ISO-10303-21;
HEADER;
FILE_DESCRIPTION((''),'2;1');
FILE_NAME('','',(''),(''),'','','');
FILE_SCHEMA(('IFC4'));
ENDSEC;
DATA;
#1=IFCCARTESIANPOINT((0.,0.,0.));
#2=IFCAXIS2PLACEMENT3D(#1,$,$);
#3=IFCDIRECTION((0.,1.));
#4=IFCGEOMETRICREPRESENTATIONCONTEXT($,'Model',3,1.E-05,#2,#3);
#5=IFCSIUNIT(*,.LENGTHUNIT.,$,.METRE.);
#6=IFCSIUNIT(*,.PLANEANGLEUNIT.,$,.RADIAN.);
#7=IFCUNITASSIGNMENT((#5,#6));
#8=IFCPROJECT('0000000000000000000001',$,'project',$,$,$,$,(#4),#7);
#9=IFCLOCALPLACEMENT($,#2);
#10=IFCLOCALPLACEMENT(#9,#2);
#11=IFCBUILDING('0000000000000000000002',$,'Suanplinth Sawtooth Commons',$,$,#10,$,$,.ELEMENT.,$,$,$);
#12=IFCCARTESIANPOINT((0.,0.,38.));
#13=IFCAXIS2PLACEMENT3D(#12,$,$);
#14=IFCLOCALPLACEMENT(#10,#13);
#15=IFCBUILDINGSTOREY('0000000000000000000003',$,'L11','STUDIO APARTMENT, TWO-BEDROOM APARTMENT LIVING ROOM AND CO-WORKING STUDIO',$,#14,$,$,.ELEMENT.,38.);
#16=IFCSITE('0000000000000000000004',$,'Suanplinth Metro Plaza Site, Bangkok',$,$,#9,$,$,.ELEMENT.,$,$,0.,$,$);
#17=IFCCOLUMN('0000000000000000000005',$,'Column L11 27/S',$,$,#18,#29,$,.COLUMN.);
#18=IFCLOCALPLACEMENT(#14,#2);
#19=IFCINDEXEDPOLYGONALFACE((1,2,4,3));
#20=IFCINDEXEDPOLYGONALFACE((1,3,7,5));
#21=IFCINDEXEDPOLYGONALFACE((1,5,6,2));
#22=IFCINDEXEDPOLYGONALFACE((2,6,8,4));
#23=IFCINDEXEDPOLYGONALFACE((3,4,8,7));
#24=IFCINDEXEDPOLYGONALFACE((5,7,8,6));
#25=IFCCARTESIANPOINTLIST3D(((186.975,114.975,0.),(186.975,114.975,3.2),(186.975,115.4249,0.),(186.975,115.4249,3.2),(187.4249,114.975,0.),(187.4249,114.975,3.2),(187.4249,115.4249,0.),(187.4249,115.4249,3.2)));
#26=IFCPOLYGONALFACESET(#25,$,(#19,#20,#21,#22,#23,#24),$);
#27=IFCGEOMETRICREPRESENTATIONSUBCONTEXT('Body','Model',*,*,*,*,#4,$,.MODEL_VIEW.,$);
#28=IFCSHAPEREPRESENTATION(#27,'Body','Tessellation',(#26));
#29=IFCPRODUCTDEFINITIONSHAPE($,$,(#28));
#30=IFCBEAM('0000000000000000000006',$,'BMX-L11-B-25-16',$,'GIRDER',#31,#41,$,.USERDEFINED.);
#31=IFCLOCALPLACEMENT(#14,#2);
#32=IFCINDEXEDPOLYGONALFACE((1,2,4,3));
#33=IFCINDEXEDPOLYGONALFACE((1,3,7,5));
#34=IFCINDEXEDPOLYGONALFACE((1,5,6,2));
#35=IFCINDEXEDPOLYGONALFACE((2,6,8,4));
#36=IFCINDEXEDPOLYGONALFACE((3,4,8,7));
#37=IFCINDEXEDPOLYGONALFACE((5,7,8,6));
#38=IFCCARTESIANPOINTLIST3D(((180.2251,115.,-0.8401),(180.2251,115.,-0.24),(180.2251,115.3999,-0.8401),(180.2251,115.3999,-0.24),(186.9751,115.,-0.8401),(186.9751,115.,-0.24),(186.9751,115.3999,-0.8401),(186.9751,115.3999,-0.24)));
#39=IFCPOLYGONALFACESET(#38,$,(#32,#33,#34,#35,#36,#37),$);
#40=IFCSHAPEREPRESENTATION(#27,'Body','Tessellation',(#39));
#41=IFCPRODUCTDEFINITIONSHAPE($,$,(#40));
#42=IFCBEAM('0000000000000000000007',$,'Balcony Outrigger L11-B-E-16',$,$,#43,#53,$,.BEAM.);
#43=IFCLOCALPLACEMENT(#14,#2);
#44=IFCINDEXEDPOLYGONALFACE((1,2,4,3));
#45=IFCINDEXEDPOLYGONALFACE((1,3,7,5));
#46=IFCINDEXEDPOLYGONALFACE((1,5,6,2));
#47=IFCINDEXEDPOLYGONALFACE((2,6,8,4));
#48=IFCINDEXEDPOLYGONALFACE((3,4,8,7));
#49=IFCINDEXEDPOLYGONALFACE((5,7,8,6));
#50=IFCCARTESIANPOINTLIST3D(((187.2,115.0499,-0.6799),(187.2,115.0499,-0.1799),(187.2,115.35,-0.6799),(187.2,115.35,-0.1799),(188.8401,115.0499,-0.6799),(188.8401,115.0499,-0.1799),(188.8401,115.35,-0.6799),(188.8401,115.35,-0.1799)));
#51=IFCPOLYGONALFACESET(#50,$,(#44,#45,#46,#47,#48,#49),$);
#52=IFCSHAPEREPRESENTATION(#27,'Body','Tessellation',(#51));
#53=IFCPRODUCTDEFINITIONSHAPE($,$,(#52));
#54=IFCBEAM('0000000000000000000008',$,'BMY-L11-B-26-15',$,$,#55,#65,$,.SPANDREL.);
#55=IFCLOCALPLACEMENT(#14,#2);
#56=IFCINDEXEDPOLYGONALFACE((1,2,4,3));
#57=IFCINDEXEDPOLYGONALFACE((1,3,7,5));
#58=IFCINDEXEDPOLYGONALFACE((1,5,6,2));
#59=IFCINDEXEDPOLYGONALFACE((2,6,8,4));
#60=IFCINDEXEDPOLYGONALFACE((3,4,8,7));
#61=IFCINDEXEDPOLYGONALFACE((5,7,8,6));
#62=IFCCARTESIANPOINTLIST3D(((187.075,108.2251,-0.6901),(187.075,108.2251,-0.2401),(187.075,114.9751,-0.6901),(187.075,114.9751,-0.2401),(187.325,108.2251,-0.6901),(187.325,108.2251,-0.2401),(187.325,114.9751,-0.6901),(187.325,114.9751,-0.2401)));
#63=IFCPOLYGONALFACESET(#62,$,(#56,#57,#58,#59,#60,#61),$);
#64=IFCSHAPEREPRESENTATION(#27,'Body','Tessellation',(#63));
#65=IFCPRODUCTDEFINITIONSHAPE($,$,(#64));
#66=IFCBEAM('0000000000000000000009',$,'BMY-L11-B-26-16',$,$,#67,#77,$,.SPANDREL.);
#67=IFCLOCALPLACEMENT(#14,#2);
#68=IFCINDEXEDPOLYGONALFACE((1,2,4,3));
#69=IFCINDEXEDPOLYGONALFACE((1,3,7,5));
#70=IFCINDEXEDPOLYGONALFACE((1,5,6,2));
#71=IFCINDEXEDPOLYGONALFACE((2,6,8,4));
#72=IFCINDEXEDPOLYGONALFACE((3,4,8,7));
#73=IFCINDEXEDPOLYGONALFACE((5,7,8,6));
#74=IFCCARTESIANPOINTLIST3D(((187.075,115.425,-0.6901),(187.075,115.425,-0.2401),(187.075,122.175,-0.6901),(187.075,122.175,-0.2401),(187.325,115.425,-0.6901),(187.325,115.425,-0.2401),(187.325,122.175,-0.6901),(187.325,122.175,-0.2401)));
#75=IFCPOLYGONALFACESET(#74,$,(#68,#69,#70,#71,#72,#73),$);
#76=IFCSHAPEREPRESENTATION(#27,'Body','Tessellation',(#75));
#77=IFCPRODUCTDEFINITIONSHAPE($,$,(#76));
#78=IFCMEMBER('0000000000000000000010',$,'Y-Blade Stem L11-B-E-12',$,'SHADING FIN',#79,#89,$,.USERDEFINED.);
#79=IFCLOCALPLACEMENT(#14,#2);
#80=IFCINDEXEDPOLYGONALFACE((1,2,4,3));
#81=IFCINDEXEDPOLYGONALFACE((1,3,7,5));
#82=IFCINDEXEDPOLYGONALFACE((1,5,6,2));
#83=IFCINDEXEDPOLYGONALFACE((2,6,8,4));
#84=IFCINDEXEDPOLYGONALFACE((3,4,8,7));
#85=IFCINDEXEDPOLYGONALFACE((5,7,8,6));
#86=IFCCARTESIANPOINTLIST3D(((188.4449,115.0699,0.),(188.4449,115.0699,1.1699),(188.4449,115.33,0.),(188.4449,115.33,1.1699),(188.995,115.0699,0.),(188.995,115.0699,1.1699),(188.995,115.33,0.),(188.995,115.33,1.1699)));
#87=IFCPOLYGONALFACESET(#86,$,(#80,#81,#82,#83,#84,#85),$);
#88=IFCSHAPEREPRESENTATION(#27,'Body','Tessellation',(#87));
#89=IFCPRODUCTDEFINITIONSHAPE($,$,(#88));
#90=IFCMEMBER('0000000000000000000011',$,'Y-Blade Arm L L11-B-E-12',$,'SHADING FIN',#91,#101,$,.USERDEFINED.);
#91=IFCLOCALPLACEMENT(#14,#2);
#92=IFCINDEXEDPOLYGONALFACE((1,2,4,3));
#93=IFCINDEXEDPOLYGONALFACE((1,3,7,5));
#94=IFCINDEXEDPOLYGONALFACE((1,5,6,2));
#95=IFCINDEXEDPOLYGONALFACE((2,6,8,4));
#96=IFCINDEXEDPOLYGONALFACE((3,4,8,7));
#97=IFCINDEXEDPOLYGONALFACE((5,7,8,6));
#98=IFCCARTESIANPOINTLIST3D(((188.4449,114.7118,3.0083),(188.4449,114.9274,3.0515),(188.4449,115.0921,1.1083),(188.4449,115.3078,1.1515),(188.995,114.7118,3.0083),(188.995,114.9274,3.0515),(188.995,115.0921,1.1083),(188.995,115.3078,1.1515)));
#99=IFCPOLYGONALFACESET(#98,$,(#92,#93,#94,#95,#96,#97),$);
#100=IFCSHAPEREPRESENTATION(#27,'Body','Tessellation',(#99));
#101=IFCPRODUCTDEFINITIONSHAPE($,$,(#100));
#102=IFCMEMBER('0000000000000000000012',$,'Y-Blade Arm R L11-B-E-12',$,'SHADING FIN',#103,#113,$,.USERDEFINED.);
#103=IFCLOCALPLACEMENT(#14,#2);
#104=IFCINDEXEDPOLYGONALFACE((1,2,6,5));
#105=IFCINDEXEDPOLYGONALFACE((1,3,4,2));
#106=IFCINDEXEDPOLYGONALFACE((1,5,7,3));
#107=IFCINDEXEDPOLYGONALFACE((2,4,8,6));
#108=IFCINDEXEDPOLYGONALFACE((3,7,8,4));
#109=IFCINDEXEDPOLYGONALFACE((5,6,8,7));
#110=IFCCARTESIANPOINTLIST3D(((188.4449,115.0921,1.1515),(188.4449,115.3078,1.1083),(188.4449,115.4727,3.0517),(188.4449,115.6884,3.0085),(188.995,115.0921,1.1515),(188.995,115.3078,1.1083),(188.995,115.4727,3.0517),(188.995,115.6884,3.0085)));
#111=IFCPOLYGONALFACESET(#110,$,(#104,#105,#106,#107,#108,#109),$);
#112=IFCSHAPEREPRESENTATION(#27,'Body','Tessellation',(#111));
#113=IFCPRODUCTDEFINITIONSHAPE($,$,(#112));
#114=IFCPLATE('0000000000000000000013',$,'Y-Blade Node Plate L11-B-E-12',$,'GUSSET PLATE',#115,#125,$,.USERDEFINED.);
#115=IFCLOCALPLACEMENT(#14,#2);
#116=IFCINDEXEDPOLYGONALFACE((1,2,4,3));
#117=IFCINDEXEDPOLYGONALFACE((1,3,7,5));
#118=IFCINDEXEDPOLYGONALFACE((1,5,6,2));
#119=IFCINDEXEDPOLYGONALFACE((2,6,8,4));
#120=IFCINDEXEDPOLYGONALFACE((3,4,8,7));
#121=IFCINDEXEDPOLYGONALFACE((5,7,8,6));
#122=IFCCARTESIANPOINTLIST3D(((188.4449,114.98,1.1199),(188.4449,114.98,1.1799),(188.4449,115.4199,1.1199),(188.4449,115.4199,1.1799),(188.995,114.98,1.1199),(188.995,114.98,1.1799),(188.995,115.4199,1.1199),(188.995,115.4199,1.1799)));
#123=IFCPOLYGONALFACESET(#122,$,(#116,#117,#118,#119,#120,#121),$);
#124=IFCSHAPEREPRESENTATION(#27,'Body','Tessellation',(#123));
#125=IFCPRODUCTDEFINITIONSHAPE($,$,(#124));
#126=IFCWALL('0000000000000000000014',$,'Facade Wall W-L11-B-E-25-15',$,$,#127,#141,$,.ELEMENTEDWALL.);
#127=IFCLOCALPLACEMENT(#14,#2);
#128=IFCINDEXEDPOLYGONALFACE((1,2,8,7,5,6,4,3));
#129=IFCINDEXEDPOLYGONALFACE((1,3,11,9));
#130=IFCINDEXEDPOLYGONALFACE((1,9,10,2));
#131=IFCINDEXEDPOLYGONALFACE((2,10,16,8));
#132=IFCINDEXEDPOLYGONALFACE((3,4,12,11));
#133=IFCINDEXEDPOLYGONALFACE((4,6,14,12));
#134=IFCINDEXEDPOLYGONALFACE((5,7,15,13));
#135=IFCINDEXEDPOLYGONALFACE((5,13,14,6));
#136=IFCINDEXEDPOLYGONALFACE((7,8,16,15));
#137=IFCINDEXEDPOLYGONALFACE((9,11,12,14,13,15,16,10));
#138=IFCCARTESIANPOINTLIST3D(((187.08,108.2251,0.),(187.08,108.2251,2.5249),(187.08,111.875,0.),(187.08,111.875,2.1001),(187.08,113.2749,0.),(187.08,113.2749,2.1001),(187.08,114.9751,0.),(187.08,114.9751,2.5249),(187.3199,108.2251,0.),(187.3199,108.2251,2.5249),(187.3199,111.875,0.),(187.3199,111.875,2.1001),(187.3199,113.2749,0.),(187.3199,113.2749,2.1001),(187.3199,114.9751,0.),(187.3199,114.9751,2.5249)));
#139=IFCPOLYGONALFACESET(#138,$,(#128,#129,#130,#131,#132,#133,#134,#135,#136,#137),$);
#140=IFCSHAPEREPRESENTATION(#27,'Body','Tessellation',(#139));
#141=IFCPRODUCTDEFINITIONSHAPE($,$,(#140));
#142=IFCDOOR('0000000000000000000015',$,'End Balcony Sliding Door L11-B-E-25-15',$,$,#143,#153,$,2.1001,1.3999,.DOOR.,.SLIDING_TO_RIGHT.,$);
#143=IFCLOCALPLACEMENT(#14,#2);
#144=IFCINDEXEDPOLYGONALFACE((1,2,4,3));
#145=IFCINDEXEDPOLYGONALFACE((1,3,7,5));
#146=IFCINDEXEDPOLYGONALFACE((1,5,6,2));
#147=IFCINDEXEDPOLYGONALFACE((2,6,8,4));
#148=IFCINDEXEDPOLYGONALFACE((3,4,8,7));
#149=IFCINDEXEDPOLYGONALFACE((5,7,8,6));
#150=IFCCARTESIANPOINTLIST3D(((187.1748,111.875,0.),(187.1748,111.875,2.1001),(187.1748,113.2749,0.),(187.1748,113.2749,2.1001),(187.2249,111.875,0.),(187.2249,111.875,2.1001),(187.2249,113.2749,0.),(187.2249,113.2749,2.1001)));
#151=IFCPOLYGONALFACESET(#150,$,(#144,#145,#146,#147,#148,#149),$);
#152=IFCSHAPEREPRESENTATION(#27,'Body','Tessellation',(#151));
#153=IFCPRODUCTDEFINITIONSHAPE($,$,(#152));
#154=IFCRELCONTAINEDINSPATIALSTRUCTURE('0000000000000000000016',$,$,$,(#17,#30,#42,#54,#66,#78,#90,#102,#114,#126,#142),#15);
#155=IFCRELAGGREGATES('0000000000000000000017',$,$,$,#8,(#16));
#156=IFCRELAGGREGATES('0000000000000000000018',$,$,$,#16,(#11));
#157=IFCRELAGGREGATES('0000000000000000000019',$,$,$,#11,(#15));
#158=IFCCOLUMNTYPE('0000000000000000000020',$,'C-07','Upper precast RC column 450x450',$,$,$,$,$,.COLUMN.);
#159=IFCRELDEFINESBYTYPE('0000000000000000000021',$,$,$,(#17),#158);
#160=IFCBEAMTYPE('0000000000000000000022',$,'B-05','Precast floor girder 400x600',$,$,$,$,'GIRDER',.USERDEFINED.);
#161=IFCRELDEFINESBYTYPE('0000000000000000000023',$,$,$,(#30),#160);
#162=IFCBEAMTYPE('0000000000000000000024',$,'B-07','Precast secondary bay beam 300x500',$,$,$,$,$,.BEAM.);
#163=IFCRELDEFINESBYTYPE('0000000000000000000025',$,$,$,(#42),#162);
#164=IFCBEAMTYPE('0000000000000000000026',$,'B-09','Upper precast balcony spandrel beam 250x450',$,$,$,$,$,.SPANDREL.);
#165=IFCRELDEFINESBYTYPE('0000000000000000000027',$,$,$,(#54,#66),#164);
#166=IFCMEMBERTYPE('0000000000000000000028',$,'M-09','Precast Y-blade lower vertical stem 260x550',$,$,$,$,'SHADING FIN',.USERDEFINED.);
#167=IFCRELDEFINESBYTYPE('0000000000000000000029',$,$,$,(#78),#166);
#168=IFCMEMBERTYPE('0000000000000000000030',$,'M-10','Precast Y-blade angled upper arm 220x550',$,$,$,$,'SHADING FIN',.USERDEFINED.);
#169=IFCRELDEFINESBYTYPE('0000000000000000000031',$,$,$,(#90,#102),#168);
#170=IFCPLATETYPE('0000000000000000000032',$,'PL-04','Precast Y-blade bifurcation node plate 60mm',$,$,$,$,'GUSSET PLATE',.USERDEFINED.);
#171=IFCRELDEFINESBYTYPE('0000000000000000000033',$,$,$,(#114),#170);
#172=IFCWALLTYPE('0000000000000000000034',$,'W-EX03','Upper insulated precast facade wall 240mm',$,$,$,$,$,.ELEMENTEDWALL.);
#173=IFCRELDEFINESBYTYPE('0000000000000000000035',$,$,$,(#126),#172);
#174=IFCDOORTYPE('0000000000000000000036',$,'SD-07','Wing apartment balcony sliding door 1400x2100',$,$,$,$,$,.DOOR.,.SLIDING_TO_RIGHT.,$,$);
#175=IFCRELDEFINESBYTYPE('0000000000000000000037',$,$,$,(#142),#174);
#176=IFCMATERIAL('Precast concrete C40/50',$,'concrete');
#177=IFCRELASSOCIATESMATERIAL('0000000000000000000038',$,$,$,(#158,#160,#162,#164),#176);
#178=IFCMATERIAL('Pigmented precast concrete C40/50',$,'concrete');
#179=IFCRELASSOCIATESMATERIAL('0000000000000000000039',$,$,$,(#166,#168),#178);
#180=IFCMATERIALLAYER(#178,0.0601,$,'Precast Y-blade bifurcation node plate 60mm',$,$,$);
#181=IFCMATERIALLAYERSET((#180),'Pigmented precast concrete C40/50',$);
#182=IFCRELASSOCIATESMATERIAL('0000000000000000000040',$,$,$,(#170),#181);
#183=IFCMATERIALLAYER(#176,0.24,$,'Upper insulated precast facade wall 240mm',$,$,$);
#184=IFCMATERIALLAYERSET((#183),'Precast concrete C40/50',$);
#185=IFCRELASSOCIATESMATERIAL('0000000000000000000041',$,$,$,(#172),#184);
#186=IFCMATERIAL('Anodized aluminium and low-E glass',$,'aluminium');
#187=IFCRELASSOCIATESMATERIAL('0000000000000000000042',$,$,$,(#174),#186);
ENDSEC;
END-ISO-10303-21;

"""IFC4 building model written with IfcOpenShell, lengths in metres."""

from ifc_helpers import new_model, si_unit, direction, frame, frame_2d, origin, origin_2d, place, context, subcontext, project, spatial, rectangle, extrude, material, layer, layer_set, material_profile, profile_set, type_object, element, fill, save


model = new_model("IFC4")

# Units and contexts
model_context = context("Model", 3, precision=1e-05, world=origin(), true_north=direction((0.0, 1.0)))
body_context = subcontext(model_context, "Body", "Model", "MODEL_VIEW")
ifc_project = project(units=[si_unit("LENGTHUNIT", "METRE"), si_unit("PLANEANGLEUNIT", "RADIAN")], contexts=[model_context])

# Site, building, storey
site_placement = place(None, origin())
site = spatial("IfcSite", under=ifc_project, at=site_placement, Name="Suanplinth Metro Plaza Site, Bangkok", CompositionType="ELEMENT", RefElevation=0.0)
building_placement = place(site_placement, origin())
building = spatial("IfcBuilding", under=site, at=building_placement, Name="Suanplinth Sawtooth Commons", CompositionType="ELEMENT")
storey_placement = place(building_placement, frame((0.0, 0.0, 38.0)))
storey = spatial("IfcBuildingStorey", under=building, at=storey_placement, Name="L11", Description="STUDIO APARTMENT, TWO-BEDROOM APARTMENT LIVING ROOM AND CO-WORKING STUDIO", CompositionType="ELEMENT", Elevation=38.0)

# Column
ifc_material_1 = material(Name="Precast concrete C40/50", Category="concrete")
ifc_material_profile_1 = material_profile(ifc_material_1, rectangle(XDim=0.45, YDim=0.45, at=origin_2d()), Name="PC-COL 450x450")
ifc_profile_set_1 = profile_set([ifc_material_profile_1], Name="Precast concrete C40/50")
column_type = type_object("IfcColumnType", Name="C-07", Description="Upper precast RC column 450x450", PredefinedType="COLUMN", material=ifc_profile_set_1)
column_placement = place(storey_placement, frame((187.2, 115.2, 0.0), z_axis=(0.0, 0.0, 1.0), x_axis=(1.0, 0.0, 0.0)))
element("IfcColumn", 1, at=column_placement, inside=storey, type_object=column_type, Name="Column L11 27/S", PredefinedType="COLUMN", context=body_context, shape_type="SweptSolid", body=[
    extrude(rectangle(XDim=0.45, YDim=0.45, at=origin_2d()), origin(), (0.0, 0.0, 1.0), 3.2),
])

# Beams
ifc_material_profile_2 = material_profile(ifc_material_1, rectangle(XDim=0.3999, YDim=0.6001, at=origin_2d()), Name="PC-GDR 400x600")
ifc_profile_set_2 = profile_set([ifc_material_profile_2], Name="Precast concrete C40/50")
beam_type_1 = type_object("IfcBeamType", Name="B-05", Description="Precast floor girder 400x600", ElementType="GIRDER", PredefinedType="USERDEFINED", material=ifc_profile_set_2)
beam_1_placement = place(storey_placement, frame((180.2251, 115.2, -0.54), z_axis=(1.0, 0.0, 0.0), x_axis=(0.0, 1.0, 0.0)))
element("IfcBeam", 2, at=beam_1_placement, inside=storey, type_object=beam_type_1, Name="BMX-L11-B-25-16", ObjectType="GIRDER", PredefinedType="USERDEFINED", context=body_context, shape_type="SweptSolid", body=[
    extrude(rectangle(XDim=0.3999, YDim=0.6001, at=origin_2d()), origin(), (0.0, 0.0, 1.0), 6.75),
])
ifc_material_profile_3 = material_profile(ifc_material_1, rectangle(XDim=0.3, YDim=0.5, at=origin_2d()), Name="PC-BM 300x500")
ifc_profile_set_3 = profile_set([ifc_material_profile_3], Name="Precast concrete C40/50")
beam_type_2 = type_object("IfcBeamType", Name="B-07", Description="Precast secondary bay beam 300x500", PredefinedType="BEAM", material=ifc_profile_set_3)
beam_2_placement = place(storey_placement, frame((187.2, 115.2, -0.4299), z_axis=(1.0, 0.0, 0.0), x_axis=(0.0, 1.0, 0.0)))
element("IfcBeam", 3, at=beam_2_placement, inside=storey, type_object=beam_type_2, Name="Balcony Outrigger L11-B-E-16", PredefinedType="BEAM", context=body_context, shape_type="SweptSolid", body=[
    extrude(rectangle(XDim=0.3, YDim=0.5, at=origin_2d()), origin(), (0.0, 0.0, 1.0), 1.6401),
])
ifc_material_profile_4 = material_profile(ifc_material_1, rectangle(XDim=0.25, YDim=0.45, at=origin_2d()), Name="PC-SP 250x450")
ifc_profile_set_4 = profile_set([ifc_material_profile_4], Name="Precast concrete C40/50")
beam_type_3 = type_object("IfcBeamType", Name="B-09", Description="Upper precast balcony spandrel beam 250x450", PredefinedType="SPANDREL", material=ifc_profile_set_4)
for number, where, z_axis, x_axis, name in (
    (4, (187.2, 108.2251, -0.4651), (0.0, 1.0, 0.0), (-1.0, 0.0, 0.0), "BMY-L11-B-26-15"),
    (5, (187.2, 115.425, -0.4651), (0.0, 1.0, 0.0), (-1.0, 0.0, 0.0), "BMY-L11-B-26-16"),
):
    element("IfcBeam", number, at=place(storey_placement, frame(where, z_axis=z_axis, x_axis=x_axis)), inside=storey, type_object=beam_type_3, Name=name, PredefinedType="SPANDREL", context=body_context, shape_type="SweptSolid", body=[
        extrude(rectangle(XDim=0.25, YDim=0.45, at=origin_2d()), origin(), (0.0, 0.0, 1.0), 6.75),
    ])

# Members
ifc_material_2 = material(Name="Pigmented precast concrete C40/50", Category="concrete")
ifc_material_profile_5 = material_profile(ifc_material_2, rectangle(XDim=0.26, YDim=0.55, at=origin_2d()), Name="PC-FIN 260x550")
ifc_profile_set_5 = profile_set([ifc_material_profile_5], Name="Pigmented precast concrete C40/50")
member_type_1 = type_object("IfcMemberType", Name="M-09", Description="Precast Y-blade lower vertical stem 260x550", ElementType="SHADING FIN", PredefinedType="USERDEFINED", material=ifc_profile_set_5)
member_1_placement = place(storey_placement, frame((188.72, 115.2, 0.0), z_axis=(0.0, 0.0, 1.0), x_axis=(0.0, 1.0, 0.0)))
element("IfcMember", 6, at=member_1_placement, inside=storey, type_object=member_type_1, Name="Y-Blade Stem L11-B-E-12", ObjectType="SHADING FIN", PredefinedType="USERDEFINED", context=body_context, shape_type="SweptSolid", body=[
    extrude(rectangle(XDim=0.26, YDim=0.55, at=origin_2d()), origin(), (0.0, 0.0, 1.0), 1.1699),
])
ifc_material_profile_6 = material_profile(ifc_material_2, rectangle(XDim=0.22, YDim=0.55, at=origin_2d()), Name="PC-FIN 220x550")
ifc_profile_set_6 = profile_set([ifc_material_profile_6], Name="Pigmented precast concrete C40/50")
member_type_2 = type_object("IfcMemberType", Name="M-10", Description="Precast Y-blade angled upper arm 220x550", ElementType="SHADING FIN", PredefinedType="USERDEFINED", material=ifc_profile_set_6)
member_2_placement = place(storey_placement, frame((188.72, 115.2, 1.1299), z_axis=(0.0, -0.196286, 0.980547), x_axis=(0.0, 0.980547, 0.196286)))
element("IfcMember", 7, at=member_2_placement, inside=storey, type_object=member_type_2, Name="Y-Blade Arm L L11-B-E-12", ObjectType="SHADING FIN", PredefinedType="USERDEFINED", context=body_context, shape_type="SweptSolid", body=[
    extrude(rectangle(XDim=0.22, YDim=0.55, at=origin_2d()), origin(), (0.0, 0.0, 1.0), 1.9377),
])
member_3_placement = place(storey_placement, frame((188.72, 115.2, 1.1299), z_axis=(0.0, 0.196407, 0.980522), x_axis=(0.0, -0.980522, 0.196407)))
element("IfcMember", 8, at=member_3_placement, inside=storey, type_object=member_type_2, Name="Y-Blade Arm R L11-B-E-12", ObjectType="SHADING FIN", PredefinedType="USERDEFINED", context=body_context, shape_type="SweptSolid", body=[
    extrude(rectangle(XDim=0.22, YDim=0.55, at=origin_2d()), origin(), (0.0, 0.0, 1.0), 1.938),
])

# Plate
ifc_layer_1 = layer(ifc_material_2, 0.0601, Name="Precast Y-blade bifurcation node plate 60mm")
ifc_layer_set_1 = layer_set([ifc_layer_1], Name="Pigmented precast concrete C40/50")
plate_type = type_object("IfcPlateType", Name="PL-04", Description="Precast Y-blade bifurcation node plate 60mm", ElementType="GUSSET PLATE", PredefinedType="USERDEFINED", material=ifc_layer_set_1)
plate_placement = place(storey_placement, frame((188.72, 115.2, 1.1199), z_axis=(0.0, 0.0, 1.0), x_axis=(0.0, 1.0, 0.0)))
element("IfcPlate", 9, at=plate_placement, inside=storey, type_object=plate_type, Name="Y-Blade Node Plate L11-B-E-12", ObjectType="GUSSET PLATE", PredefinedType="USERDEFINED", context=body_context, shape_type="SweptSolid", body=[
    extrude(rectangle(XDim=0.4399, YDim=0.55, at=origin_2d()), origin(), (0.0, 0.0, 1.0), 0.0601),
])

# Wall, opening, door
ifc_layer_2 = layer(ifc_material_1, 0.24, Name="Upper insulated precast facade wall 240mm")
ifc_layer_set_2 = layer_set([ifc_layer_2], Name="Precast concrete C40/50")
wall_type_1 = type_object("IfcWallType", Name="W-EX03", Description="Upper insulated precast facade wall 240mm", PredefinedType="ELEMENTEDWALL", material=ifc_layer_set_2)
wall_1_placement = place(storey_placement, frame((187.2, 108.2251, 0.0), z_axis=(0.0, 0.0, 1.0), x_axis=(0.0, 1.0, 0.0)))
wall_1 = element("IfcWall", 10, at=wall_1_placement, inside=storey, type_object=wall_type_1, Name="Facade Wall W-L11-B-E-25-15", PredefinedType="ELEMENTEDWALL", context=body_context, shape_type="SweptSolid", body=[
    extrude(rectangle(XDim=6.75, YDim=0.24, at=frame_2d((3.375, 0.0))), origin(), (0.0, 0.0, 1.0), 2.5249),
])
opening_1_placement = place(wall_1_placement, frame((3.6499, 0.0, 0.0)))
opening_1 = element("IfcOpeningElement", 11, at=opening_1_placement, cuts=wall_1, PredefinedType="OPENING", context=body_context, shape_type="SweptSolid", body=[
    extrude(rectangle(XDim=1.3999, YDim=2.1001, at=frame_2d((0.7, 1.05))), frame((0.0, 0.1348, 0.0), z_axis=(0.0, -1.0, 0.0), x_axis=(1.0, 0.0, 0.0)), (0.0, 0.0, 1.0), 0.2698),
])
ifc_material_3 = material(Name="Anodized aluminium and low-E glass", Category="aluminium")
door_type_1 = type_object("IfcDoorType", Name="SD-07", Description="Wing apartment balcony sliding door 1400x2100", OperationType="SLIDING_TO_RIGHT", PredefinedType="DOOR", material=ifc_material_3)
door_1_placement = place(opening_1_placement, frame((1.3999, 0.0, 0.0), z_axis=(0.0, 0.0, 1.0), x_axis=(-1.0, 0.0, 0.0)))
door_1 = element("IfcDoor", 12, at=door_1_placement, inside=storey, type_object=door_type_1, Name="End Balcony Sliding Door L11-B-E-25-15", OperationType="SLIDING_TO_RIGHT", OverallHeight=2.1001, OverallWidth=1.3999, PredefinedType="DOOR", context=body_context, shape_type="SweptSolid", body=[
    extrude(rectangle(XDim=1.3999, YDim=2.1001, at=frame_2d((0.7, 1.05))), frame((0.0, 0.0249, 0.0), z_axis=(0.0, -1.0, 0.0), x_axis=(1.0, 0.0, 0.0)), (0.0, 0.0, 1.0), 0.05),
])
fill(opening_1, door_1)

save(model, "model.ifc")
